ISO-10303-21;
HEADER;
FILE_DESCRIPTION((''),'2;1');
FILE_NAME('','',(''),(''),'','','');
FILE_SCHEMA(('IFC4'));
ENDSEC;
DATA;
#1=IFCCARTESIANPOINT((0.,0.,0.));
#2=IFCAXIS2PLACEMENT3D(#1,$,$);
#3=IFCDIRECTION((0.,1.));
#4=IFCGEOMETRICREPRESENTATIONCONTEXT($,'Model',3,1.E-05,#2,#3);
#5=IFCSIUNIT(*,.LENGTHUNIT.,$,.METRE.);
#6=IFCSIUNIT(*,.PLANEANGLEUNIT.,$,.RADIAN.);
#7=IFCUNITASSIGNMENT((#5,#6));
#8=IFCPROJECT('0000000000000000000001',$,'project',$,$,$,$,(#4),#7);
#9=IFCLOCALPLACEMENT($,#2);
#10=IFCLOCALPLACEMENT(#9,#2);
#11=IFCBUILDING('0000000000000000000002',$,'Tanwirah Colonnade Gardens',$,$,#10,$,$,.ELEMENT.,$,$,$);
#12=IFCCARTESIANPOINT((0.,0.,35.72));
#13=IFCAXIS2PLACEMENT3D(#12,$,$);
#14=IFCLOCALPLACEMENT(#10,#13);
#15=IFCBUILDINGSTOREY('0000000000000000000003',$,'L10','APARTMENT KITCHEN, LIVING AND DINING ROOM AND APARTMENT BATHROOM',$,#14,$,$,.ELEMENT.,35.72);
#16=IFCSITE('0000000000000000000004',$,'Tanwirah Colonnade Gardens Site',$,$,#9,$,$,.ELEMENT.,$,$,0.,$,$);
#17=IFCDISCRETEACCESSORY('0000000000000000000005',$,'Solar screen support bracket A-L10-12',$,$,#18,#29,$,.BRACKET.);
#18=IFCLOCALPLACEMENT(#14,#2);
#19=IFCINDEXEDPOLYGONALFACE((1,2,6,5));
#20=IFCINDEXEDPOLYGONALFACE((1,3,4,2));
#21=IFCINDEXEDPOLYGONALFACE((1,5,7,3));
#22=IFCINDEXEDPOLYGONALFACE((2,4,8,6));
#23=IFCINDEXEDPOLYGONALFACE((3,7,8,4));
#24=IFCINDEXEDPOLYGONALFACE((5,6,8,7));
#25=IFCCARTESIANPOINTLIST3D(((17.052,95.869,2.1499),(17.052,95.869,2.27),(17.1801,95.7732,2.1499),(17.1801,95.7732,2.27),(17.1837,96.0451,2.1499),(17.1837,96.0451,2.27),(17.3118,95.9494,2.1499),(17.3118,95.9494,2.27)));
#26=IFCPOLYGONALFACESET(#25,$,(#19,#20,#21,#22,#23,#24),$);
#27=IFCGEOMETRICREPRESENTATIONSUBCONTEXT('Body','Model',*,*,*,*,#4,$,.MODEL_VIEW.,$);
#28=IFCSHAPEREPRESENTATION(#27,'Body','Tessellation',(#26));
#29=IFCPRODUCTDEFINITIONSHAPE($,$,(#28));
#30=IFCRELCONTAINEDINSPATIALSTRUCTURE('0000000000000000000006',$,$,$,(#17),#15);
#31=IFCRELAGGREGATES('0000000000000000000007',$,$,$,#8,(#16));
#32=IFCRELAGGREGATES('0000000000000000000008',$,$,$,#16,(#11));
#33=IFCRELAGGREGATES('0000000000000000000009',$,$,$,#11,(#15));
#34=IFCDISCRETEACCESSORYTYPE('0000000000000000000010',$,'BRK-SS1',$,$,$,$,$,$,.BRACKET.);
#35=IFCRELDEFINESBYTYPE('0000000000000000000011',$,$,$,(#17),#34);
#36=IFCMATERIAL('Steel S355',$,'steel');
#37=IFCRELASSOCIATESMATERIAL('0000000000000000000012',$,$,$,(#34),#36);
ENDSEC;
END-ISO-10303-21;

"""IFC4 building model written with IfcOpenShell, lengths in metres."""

from ifc_helpers import new_model, si_unit, direction, frame, origin, origin_2d, place, context, subcontext, project, spatial, rectangle, extrude, material, type_object, element, save


model = new_model("IFC4")

# Units and contexts
model_context = context("Model", 3, precision=1e-05, world=origin(), true_north=direction((0.0, 1.0)))
body_context = subcontext(model_context, "Body", "Model", "MODEL_VIEW")
ifc_project = project(units=[si_unit("LENGTHUNIT", "METRE"), si_unit("PLANEANGLEUNIT", "RADIAN")], contexts=[model_context])

# Site, building, storey
site_placement = place(None, origin())
site = spatial("IfcSite", under=ifc_project, at=site_placement, Name="Tanwirah Colonnade Gardens Site", CompositionType="ELEMENT", RefElevation=0.0)
building_placement = place(site_placement, origin())
building = spatial("IfcBuilding", under=site, at=building_placement, Name="Tanwirah Colonnade Gardens", CompositionType="ELEMENT")
storey_placement = place(building_placement, frame((0.0, 0.0, 35.72)))
storey = spatial("IfcBuildingStorey", under=building, at=storey_placement, Name="L10", Description="APARTMENT KITCHEN, LIVING AND DINING ROOM AND APARTMENT BATHROOM", CompositionType="ELEMENT", Elevation=35.72)

# Discrete accessory
ifc_material_1 = material(Name="Steel S355", Category="steel")
discrete_accessory_type = type_object("IfcDiscreteAccessoryType", Name="BRK-SS1", PredefinedType="BRACKET", material=ifc_material_1)
for number, where, z_axis, x_axis, name in (
    (1, (17.1819, 95.9092, 2.1499), (0.0, 0.0, 1.0), (-0.598713, -0.800964, 0.0), "Solar screen support bracket A-L10-12"),
):
    element("IfcDiscreteAccessory", number, at=place(storey_placement, frame(where, z_axis=z_axis, x_axis=x_axis)), inside=storey, type_object=discrete_accessory_type, Name=name, PredefinedType="BRACKET", context=body_context, shape_type="SweptSolid", body=[
        extrude(rectangle(XDim=0.22, YDim=0.1599, at=origin_2d()), origin(), (0.0, 0.0, 1.0), 0.1201),
    ])

save(model, "model.ifc")
